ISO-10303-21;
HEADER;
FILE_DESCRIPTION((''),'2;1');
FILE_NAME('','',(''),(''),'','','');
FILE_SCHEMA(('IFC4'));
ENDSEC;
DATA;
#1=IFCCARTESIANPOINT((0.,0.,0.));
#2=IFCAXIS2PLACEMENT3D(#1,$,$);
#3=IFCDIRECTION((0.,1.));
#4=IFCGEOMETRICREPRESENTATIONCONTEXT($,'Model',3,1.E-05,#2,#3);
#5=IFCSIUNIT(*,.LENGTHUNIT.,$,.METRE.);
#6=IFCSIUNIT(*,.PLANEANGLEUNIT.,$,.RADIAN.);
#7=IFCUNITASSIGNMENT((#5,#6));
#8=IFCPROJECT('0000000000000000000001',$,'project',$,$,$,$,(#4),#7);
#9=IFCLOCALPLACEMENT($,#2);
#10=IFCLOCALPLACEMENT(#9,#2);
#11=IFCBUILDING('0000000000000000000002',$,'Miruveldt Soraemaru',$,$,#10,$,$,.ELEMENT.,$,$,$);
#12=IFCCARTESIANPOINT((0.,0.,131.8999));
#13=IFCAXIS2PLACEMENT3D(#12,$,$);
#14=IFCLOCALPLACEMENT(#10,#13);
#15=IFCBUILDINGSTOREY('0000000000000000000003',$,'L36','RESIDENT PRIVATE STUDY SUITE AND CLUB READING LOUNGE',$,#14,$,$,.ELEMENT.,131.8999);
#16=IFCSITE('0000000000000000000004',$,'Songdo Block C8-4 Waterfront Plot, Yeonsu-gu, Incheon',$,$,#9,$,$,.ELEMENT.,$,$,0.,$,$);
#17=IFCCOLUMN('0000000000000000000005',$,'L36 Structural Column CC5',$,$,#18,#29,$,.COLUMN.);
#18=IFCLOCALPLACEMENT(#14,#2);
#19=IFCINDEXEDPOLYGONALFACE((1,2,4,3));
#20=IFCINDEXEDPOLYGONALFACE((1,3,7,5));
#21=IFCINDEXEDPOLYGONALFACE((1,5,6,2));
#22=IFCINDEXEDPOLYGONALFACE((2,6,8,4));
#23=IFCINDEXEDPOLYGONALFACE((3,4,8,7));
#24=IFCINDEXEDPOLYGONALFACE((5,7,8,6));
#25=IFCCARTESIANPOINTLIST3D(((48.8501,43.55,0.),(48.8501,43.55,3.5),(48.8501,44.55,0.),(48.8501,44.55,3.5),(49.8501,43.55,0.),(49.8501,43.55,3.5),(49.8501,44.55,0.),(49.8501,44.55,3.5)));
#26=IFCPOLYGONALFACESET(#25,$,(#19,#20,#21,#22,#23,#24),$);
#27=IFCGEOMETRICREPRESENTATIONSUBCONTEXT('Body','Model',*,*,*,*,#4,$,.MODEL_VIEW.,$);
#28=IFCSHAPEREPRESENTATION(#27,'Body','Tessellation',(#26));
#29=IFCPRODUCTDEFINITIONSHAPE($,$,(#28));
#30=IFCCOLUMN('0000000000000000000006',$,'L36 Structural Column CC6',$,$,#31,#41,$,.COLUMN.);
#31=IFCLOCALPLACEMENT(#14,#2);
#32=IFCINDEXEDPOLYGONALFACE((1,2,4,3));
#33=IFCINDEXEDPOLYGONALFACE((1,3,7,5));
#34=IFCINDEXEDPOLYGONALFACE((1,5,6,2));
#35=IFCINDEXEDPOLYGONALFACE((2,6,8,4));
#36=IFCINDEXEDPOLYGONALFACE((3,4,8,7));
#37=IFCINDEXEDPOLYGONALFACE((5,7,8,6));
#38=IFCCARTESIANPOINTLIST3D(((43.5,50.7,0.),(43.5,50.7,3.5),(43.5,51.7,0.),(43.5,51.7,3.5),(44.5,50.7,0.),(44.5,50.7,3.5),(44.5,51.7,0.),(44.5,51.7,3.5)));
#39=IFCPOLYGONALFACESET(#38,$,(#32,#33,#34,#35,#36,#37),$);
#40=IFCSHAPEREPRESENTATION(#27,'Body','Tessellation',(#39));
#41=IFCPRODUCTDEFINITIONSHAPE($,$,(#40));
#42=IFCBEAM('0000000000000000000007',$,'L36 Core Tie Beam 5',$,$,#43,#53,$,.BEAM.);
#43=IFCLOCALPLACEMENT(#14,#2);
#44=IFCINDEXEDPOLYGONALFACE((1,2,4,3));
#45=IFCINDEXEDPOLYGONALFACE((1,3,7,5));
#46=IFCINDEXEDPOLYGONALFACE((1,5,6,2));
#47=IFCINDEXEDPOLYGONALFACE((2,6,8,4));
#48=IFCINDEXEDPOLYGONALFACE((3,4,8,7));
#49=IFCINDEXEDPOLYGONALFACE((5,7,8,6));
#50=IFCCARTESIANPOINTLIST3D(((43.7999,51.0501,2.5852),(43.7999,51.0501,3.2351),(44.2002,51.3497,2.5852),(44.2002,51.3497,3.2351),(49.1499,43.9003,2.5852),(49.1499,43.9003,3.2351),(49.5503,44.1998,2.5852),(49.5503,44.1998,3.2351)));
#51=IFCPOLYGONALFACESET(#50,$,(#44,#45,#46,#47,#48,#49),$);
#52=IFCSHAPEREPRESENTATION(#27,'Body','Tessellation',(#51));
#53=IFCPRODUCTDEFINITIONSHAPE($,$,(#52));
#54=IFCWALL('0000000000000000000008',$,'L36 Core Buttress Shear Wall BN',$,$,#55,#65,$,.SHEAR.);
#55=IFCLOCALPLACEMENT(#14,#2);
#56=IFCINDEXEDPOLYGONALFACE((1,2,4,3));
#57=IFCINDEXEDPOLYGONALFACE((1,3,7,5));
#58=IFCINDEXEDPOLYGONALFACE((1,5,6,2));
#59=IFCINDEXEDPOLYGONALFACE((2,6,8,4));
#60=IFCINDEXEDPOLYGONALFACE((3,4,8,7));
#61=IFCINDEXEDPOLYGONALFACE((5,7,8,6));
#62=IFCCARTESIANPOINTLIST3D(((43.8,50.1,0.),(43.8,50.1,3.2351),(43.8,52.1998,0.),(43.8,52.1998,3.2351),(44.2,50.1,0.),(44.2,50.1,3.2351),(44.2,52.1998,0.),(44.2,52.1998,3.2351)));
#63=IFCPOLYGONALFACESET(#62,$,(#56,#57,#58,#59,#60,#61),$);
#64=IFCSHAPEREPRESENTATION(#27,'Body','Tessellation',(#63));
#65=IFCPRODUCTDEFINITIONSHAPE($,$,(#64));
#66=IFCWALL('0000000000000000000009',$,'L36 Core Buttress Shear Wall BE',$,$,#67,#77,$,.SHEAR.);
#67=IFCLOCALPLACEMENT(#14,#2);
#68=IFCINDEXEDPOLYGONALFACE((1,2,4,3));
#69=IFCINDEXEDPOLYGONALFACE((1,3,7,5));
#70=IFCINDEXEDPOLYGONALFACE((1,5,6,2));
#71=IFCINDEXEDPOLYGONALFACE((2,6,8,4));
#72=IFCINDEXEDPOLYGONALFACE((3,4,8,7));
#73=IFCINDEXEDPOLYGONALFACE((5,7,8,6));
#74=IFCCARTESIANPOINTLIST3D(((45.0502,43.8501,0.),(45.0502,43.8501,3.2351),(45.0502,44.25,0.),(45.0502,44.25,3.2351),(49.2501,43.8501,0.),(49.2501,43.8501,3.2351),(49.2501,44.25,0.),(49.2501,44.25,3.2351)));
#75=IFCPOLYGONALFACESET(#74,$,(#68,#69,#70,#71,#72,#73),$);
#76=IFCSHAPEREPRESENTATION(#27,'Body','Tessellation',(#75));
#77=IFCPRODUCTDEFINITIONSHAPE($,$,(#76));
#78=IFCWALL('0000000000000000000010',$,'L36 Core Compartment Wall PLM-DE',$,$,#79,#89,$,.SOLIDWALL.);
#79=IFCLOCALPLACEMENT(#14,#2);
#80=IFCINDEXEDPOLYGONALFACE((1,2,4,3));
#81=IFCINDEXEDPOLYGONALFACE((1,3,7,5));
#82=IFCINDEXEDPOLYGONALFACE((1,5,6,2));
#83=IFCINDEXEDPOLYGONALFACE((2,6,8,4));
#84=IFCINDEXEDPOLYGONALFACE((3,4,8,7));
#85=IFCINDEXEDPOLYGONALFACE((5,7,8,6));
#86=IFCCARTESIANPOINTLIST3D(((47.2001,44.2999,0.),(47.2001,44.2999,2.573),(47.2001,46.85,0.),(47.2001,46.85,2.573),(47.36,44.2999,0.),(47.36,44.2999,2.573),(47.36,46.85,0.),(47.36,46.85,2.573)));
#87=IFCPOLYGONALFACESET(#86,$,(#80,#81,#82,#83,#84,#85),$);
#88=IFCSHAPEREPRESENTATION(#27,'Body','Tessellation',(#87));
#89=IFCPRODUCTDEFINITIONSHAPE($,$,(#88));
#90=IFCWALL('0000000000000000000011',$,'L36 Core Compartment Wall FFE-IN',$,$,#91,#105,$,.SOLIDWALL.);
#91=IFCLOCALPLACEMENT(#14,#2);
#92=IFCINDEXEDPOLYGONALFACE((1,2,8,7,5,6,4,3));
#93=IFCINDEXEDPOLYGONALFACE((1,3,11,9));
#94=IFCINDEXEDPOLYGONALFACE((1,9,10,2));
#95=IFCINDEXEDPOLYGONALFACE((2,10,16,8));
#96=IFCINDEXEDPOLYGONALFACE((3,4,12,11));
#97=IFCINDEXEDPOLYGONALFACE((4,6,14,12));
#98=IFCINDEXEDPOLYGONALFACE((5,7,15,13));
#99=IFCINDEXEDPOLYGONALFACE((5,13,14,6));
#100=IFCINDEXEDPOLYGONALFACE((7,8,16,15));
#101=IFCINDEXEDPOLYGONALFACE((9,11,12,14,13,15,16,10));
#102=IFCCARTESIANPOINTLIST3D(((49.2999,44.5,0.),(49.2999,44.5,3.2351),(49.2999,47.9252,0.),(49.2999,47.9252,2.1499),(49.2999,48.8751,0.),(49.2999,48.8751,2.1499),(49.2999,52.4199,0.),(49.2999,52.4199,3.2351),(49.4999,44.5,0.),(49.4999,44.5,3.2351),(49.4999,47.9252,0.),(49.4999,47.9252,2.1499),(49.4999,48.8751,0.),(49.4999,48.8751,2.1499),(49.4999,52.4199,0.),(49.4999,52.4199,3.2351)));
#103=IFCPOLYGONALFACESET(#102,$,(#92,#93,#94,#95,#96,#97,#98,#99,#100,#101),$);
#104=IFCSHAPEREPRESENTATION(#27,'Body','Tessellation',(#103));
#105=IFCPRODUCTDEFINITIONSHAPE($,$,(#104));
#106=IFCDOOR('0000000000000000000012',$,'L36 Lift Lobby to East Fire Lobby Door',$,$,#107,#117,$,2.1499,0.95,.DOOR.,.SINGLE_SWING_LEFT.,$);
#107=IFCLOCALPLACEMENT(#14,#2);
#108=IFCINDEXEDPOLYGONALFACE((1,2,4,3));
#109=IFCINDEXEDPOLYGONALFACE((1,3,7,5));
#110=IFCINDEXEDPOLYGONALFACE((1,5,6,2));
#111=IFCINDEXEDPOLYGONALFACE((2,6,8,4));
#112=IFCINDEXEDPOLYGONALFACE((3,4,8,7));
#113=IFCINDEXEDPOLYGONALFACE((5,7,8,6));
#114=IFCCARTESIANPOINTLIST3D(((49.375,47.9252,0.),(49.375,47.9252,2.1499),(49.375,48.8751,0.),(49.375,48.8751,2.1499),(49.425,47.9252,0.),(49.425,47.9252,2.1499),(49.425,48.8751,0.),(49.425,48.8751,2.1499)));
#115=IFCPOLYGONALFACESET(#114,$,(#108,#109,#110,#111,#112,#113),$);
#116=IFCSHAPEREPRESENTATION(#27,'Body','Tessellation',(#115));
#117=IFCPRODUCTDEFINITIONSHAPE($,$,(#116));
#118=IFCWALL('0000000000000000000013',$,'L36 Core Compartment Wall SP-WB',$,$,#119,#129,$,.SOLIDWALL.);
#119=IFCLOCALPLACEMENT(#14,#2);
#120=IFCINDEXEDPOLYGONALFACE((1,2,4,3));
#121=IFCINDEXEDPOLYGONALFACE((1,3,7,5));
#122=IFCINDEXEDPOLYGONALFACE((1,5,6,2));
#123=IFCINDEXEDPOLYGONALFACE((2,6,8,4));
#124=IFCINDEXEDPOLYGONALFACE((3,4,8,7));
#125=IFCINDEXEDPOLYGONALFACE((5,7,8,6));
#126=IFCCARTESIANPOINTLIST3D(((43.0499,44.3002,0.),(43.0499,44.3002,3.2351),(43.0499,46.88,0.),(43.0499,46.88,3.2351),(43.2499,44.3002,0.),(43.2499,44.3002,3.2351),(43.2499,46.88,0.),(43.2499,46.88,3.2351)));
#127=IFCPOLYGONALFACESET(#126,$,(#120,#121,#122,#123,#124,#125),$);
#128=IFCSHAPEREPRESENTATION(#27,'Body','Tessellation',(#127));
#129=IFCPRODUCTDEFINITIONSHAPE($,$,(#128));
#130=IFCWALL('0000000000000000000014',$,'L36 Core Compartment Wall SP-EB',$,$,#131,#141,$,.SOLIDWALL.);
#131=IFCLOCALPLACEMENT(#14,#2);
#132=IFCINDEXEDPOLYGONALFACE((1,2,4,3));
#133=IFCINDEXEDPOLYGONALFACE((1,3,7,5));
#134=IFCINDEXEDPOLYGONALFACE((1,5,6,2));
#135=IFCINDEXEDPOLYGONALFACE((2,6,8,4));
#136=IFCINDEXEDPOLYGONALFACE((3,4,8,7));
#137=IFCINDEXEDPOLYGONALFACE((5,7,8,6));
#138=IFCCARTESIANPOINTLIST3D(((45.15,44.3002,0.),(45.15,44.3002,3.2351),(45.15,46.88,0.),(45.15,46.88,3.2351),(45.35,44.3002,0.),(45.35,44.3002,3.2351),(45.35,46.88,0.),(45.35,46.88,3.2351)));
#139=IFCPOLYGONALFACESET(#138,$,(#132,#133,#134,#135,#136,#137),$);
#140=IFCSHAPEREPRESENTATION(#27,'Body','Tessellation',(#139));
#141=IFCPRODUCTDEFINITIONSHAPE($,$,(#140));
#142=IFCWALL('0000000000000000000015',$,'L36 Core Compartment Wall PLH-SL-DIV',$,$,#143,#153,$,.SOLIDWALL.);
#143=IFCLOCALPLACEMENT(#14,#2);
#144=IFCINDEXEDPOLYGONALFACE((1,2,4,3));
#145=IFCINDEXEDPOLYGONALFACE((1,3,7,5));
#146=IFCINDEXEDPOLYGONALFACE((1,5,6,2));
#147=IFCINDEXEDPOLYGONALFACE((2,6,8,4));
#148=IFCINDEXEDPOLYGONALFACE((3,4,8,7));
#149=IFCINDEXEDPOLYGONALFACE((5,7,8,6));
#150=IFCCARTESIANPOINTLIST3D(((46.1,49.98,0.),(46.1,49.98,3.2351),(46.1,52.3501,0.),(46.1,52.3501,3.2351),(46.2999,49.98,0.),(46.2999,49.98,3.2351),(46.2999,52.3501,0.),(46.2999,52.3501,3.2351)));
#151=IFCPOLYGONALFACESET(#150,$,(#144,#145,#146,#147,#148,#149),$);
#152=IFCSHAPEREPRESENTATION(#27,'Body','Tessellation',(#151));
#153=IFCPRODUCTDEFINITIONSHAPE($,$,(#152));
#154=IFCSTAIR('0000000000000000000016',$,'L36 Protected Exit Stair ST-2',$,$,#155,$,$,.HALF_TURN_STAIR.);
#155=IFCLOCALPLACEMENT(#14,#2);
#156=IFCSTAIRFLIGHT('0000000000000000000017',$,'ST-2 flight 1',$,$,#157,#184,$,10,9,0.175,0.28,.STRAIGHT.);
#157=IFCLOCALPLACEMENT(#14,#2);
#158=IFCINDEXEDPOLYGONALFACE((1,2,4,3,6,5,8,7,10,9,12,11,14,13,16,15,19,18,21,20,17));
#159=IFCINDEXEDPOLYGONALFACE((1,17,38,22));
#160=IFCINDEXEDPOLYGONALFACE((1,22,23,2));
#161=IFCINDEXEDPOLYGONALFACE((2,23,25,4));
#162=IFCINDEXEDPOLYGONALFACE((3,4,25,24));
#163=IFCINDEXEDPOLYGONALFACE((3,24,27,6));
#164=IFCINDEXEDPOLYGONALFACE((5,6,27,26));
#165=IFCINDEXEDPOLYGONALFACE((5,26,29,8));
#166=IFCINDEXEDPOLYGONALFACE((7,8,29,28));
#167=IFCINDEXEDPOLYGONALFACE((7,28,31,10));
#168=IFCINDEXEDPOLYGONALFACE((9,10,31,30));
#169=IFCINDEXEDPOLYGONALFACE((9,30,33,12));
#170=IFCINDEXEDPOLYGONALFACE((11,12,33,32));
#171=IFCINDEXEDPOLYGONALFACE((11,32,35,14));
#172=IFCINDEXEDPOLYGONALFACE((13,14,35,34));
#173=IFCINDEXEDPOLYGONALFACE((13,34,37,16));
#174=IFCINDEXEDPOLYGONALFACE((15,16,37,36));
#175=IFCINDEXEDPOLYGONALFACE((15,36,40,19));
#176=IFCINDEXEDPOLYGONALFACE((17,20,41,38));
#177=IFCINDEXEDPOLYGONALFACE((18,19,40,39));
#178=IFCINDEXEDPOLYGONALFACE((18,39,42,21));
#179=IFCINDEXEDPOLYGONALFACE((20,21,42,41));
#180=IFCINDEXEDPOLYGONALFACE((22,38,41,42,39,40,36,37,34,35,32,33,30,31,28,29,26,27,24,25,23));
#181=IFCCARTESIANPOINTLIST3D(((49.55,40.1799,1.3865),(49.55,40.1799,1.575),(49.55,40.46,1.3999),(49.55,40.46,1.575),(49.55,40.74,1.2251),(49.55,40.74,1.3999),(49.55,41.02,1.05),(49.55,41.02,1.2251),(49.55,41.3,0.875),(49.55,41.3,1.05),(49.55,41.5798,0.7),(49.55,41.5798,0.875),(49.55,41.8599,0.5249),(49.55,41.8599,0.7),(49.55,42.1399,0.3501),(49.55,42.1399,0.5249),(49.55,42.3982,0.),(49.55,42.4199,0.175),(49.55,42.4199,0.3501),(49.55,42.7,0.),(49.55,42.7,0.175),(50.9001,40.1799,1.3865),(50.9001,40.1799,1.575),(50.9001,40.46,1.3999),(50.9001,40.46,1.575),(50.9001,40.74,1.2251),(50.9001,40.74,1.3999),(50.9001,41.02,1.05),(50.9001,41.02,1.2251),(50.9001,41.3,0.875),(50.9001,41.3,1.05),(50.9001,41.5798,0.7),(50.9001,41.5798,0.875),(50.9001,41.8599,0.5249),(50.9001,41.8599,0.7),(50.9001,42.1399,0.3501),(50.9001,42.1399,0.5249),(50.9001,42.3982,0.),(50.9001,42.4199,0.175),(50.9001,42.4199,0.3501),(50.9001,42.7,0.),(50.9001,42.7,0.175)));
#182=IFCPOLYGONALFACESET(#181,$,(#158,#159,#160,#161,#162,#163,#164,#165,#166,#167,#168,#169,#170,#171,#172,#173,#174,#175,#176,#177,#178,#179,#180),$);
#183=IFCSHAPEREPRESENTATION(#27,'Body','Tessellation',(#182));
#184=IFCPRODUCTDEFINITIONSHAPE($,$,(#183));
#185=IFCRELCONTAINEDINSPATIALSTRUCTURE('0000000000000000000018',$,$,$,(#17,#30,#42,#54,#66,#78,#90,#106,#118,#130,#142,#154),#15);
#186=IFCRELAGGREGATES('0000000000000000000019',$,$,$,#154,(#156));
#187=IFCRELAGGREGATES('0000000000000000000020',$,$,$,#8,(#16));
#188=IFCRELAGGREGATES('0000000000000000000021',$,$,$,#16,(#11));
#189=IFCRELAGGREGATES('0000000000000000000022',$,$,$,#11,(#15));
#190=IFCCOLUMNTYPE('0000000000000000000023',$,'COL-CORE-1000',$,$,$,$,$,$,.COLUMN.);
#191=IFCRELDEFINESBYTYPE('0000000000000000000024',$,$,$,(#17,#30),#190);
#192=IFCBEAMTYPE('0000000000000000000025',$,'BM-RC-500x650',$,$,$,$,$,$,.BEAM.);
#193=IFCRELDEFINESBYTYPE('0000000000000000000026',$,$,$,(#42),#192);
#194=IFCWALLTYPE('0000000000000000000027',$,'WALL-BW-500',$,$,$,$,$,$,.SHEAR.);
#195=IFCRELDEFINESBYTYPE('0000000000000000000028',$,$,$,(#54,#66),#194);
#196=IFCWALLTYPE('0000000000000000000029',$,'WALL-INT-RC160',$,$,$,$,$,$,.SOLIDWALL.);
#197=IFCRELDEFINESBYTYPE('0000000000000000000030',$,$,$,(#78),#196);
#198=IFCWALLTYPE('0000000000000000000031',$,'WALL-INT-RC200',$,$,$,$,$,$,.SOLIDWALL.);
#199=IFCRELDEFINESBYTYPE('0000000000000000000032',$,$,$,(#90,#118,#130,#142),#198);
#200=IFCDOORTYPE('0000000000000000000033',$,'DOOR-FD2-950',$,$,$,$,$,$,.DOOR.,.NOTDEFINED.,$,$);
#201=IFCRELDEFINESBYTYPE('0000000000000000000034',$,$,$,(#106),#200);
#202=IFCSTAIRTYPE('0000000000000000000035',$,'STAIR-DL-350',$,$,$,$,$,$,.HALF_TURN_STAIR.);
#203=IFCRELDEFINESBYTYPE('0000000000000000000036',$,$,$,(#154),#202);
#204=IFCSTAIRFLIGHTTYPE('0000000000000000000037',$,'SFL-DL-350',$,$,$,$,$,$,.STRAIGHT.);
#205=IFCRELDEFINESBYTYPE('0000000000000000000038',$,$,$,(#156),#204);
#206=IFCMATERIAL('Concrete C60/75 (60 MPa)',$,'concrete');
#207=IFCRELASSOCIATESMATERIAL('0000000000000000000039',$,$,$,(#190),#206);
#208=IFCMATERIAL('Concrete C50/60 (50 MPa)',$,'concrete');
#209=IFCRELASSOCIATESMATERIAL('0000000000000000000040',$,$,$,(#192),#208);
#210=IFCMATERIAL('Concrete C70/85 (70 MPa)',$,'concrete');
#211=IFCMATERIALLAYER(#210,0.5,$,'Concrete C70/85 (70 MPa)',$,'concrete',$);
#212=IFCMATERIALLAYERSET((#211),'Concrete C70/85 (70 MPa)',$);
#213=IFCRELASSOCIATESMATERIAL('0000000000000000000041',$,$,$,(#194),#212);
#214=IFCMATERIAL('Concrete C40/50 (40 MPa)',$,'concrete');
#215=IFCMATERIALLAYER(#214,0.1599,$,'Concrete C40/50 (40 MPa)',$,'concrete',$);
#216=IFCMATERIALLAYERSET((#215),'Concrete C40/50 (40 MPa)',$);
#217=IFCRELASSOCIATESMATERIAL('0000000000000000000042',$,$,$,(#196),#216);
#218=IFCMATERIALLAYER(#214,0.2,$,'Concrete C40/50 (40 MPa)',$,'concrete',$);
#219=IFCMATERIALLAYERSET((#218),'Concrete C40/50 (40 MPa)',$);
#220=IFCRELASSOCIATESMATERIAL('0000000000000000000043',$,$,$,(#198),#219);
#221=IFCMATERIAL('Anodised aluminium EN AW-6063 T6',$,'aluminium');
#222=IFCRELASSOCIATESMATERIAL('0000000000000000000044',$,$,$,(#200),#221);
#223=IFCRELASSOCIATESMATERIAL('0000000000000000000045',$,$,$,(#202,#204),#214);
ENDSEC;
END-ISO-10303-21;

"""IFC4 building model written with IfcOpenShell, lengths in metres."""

from ifc_helpers import new_model, si_unit, direction, frame, frame_2d, origin, origin_2d, place, context, subcontext, project, spatial, polyline, rectangle, outline, extrude, material, layer, layer_set, material_profile, profile_set, type_object, element, fill, aggregate, save


model = new_model("IFC4")

# Units and contexts
model_context = context("Model", 3, precision=1e-05, world=origin(), true_north=direction((0.0, 1.0)))
body_context = subcontext(model_context, "Body", "Model", "MODEL_VIEW")
ifc_project = project(units=[si_unit("LENGTHUNIT", "METRE"), si_unit("PLANEANGLEUNIT", "RADIAN")], contexts=[model_context])

# Site, building, storey
site_placement = place(None, origin())
site = spatial("IfcSite", under=ifc_project, at=site_placement, Name="Songdo Block C8-4 Waterfront Plot, Yeonsu-gu, Incheon", CompositionType="ELEMENT", RefElevation=0.0)
building_placement = place(site_placement, origin())
building = spatial("IfcBuilding", under=site, at=building_placement, Name="Miruveldt Soraemaru", CompositionType="ELEMENT")
storey_placement = place(building_placement, frame((0.0, 0.0, 131.8999)))
storey = spatial("IfcBuildingStorey", under=building, at=storey_placement, Name="L36", Description="RESIDENT PRIVATE STUDY SUITE AND CLUB READING LOUNGE", CompositionType="ELEMENT", Elevation=131.8999)

# Columns
ifc_material_1 = material(Name="Concrete C60/75 (60 MPa)", Category="concrete")
ifc_material_profile_1 = material_profile(ifc_material_1, rectangle(XDim=1.0, YDim=1.0, at=origin_2d()), Name="Concrete C60/75 (60 MPa)", Category="concrete")
ifc_profile_set_1 = profile_set([ifc_material_profile_1], Name="Concrete C60/75 (60 MPa)")
column_type = type_object("IfcColumnType", Name="COL-CORE-1000", PredefinedType="COLUMN", material=ifc_profile_set_1)
for number, where, z_axis, x_axis, name in (
    (1, (49.3501, 44.05, 0.0), (0.0, 0.0, 1.0), (1.0, 0.0, 0.0), "L36 Structural Column CC5"),
    (2, (44.0, 51.2, 0.0), (0.0, 0.0, 1.0), (1.0, 0.0, 0.0), "L36 Structural Column CC6"),
):
    element("IfcColumn", number, at=place(storey_placement, frame(where, z_axis=z_axis, x_axis=x_axis)), inside=storey, type_object=column_type, Name=name, PredefinedType="COLUMN", context=body_context, shape_type="SweptSolid", body=[
        extrude(rectangle(XDim=1.0, YDim=1.0, at=origin_2d()), origin(), (0.0, 0.0, 1.0), 3.5),
    ])

# Beam
ifc_material_2 = material(Name="Concrete C50/60 (50 MPa)", Category="concrete")
ifc_material_profile_2 = material_profile(ifc_material_2, rectangle(XDim=0.5, YDim=0.6499, at=origin_2d()), Name="Concrete C50/60 (50 MPa)", Category="concrete")
ifc_profile_set_2 = profile_set([ifc_material_profile_2], Name="Concrete C50/60 (50 MPa)")
beam_type = type_object("IfcBeamType", Name="BM-RC-500x650", PredefinedType="BEAM", material=ifc_profile_set_2)
beam_placement = place(storey_placement, frame((49.3501, 44.05, 2.9102), z_axis=(-0.599116, 0.800662, 0.0), x_axis=(-0.800662, -0.599116, 0.0)))
element("IfcBeam", 3, at=beam_placement, inside=storey, type_object=beam_type, Name="L36 Core Tie Beam 5", PredefinedType="BEAM", context=body_context, shape_type="SweptSolid", body=[
    extrude(rectangle(XDim=0.5, YDim=0.6499, at=origin_2d()), origin(), (0.0, 0.0, 1.0), 8.9299),
])

# Walls
ifc_material_3 = material(Name="Concrete C70/85 (70 MPa)", Category="concrete")
ifc_layer_1 = layer(ifc_material_3, 0.5, Name="Concrete C70/85 (70 MPa)", Category="concrete")
ifc_layer_set_1 = layer_set([ifc_layer_1], Name="Concrete C70/85 (70 MPa)")
wall_type_1 = type_object("IfcWallType", Name="WALL-BW-500", PredefinedType="SHEAR", material=ifc_layer_set_1)
wall_1_placement = place(storey_placement, frame((44.0, 50.1001, 0.0), z_axis=(0.0, 0.0, 1.0), x_axis=(0.0, 1.0, 0.0)))
element("IfcWall", 4, at=wall_1_placement, inside=storey, type_object=wall_type_1, Name="L36 Core Buttress Shear Wall BN", PredefinedType="SHEAR", context=body_context, shape_type="SweptSolid", body=[
    extrude(rectangle(XDim=2.0999, YDim=0.3999, at=frame_2d((1.0498, 0.0))), origin(), (0.0, 0.0, 1.0), 3.2351),
])
wall_2_placement = place(storey_placement, frame((45.05, 44.05, 0.0), z_axis=(0.0, 0.0, 1.0), x_axis=(1.0, 0.0, 0.0)))
element("IfcWall", 5, at=wall_2_placement, inside=storey, type_object=wall_type_1, Name="L36 Core Buttress Shear Wall BE", PredefinedType="SHEAR", context=body_context, shape_type="SweptSolid", body=[
    extrude(rectangle(XDim=4.2, YDim=0.3999, at=frame_2d((2.1001, 0.0))), origin(), (0.0, 0.0, 1.0), 3.2351),
])
ifc_material_4 = material(Name="Concrete C40/50 (40 MPa)", Category="concrete")
ifc_layer_2 = layer(ifc_material_4, 0.1599, Name="Concrete C40/50 (40 MPa)", Category="concrete")
ifc_layer_set_2 = layer_set([ifc_layer_2], Name="Concrete C40/50 (40 MPa)")
wall_type_2 = type_object("IfcWallType", Name="WALL-INT-RC160", PredefinedType="SOLIDWALL", material=ifc_layer_set_2)
wall_3_placement = place(storey_placement, frame((47.28, 44.3, 0.0), z_axis=(0.0, 0.0, 1.0), x_axis=(0.0, 1.0, 0.0)))
element("IfcWall", 6, at=wall_3_placement, inside=storey, type_object=wall_type_2, Name="L36 Core Compartment Wall PLM-DE", PredefinedType="SOLIDWALL", context=body_context, shape_type="SweptSolid", body=[
    extrude(rectangle(XDim=2.55, YDim=0.1599, at=frame_2d((1.2749, 0.0))), origin(), (0.0, 0.0, 1.0), 2.573),
])

# Wall, opening, door
ifc_layer_3 = layer(ifc_material_4, 0.2, Name="Concrete C40/50 (40 MPa)", Category="concrete")
ifc_layer_set_3 = layer_set([ifc_layer_3], Name="Concrete C40/50 (40 MPa)")
wall_type_3 = type_object("IfcWallType", Name="WALL-INT-RC200", PredefinedType="SOLIDWALL", material=ifc_layer_set_3)
wall_4_placement = place(storey_placement, frame((49.3999, 44.5, 0.0), z_axis=(0.0, 0.0, 1.0), x_axis=(0.0, 1.0, 0.0)))
wall_4 = element("IfcWall", 7, at=wall_4_placement, inside=storey, type_object=wall_type_3, Name="L36 Core Compartment Wall FFE-IN", PredefinedType="SOLIDWALL", context=body_context, shape_type="SweptSolid", body=[
    extrude(rectangle(XDim=7.9199, YDim=0.2, at=frame_2d((3.96, 0.0))), origin(), (0.0, 0.0, 1.0), 3.2351),
])
opening_1_placement = place(wall_4_placement, frame((3.425, 0.0, 0.0)))
opening_1 = element("IfcOpeningElement", 8, at=opening_1_placement, cuts=wall_4, PredefinedType="OPENING", context=body_context, shape_type="SweptSolid", body=[
    extrude(rectangle(XDim=0.95, YDim=2.1499, at=frame_2d((0.4751, 1.075))), frame((0.0, 0.1099, 0.0), z_axis=(0.0, -1.0, 0.0), x_axis=(1.0, 0.0, 0.0)), (0.0, 0.0, 1.0), 0.22),
])
ifc_material_5 = material(Name="Anodised aluminium EN AW-6063 T6", Category="aluminium")
door_type_1 = type_object("IfcDoorType", Name="DOOR-FD2-950", OperationType="NOTDEFINED", PredefinedType="DOOR", material=ifc_material_5)
door_1_placement = place(opening_1_placement, origin())
door_1 = element("IfcDoor", 9, at=door_1_placement, inside=storey, type_object=door_type_1, Name="L36 Lift Lobby to East Fire Lobby Door", OperationType="SINGLE_SWING_LEFT", OverallHeight=2.1499, OverallWidth=0.95, PredefinedType="DOOR", context=body_context, shape_type="SweptSolid", body=[
    extrude(rectangle(XDim=0.95, YDim=2.1499, at=frame_2d((0.4751, 1.075))), frame((0.0, 0.0249, 0.0), z_axis=(0.0, -1.0, 0.0), x_axis=(1.0, 0.0, 0.0)), (0.0, 0.0, 1.0), 0.05),
])
fill(opening_1, door_1)

# Walls
for number, where, z_axis, x_axis, name in (
    (10, (43.1499, 44.3, 0.0), (0.0, 0.0, 1.0), (0.0, 1.0, 0.0), "L36 Core Compartment Wall SP-WB"),
    (11, (45.25, 44.3, 0.0), (0.0, 0.0, 1.0), (0.0, 1.0, 0.0), "L36 Core Compartment Wall SP-EB"),
):
    element("IfcWall", number, at=place(storey_placement, frame(where, z_axis=z_axis, x_axis=x_axis)), inside=storey, type_object=wall_type_3, Name=name, PredefinedType="SOLIDWALL", context=body_context, shape_type="SweptSolid", body=[
        extrude(rectangle(XDim=2.5798, YDim=0.2, at=frame_2d((1.29, 0.0))), origin(), (0.0, 0.0, 1.0), 3.2351),
    ])
wall_5_placement = place(storey_placement, frame((46.2, 49.98, 0.0), z_axis=(0.0, 0.0, 1.0), x_axis=(0.0, 1.0, 0.0)))
element("IfcWall", 12, at=wall_5_placement, inside=storey, type_object=wall_type_3, Name="L36 Core Compartment Wall PLH-SL-DIV", PredefinedType="SOLIDWALL", context=body_context, shape_type="SweptSolid", body=[
    extrude(rectangle(XDim=2.3701, YDim=0.2, at=frame_2d((1.1851, 0.0))), origin(), (0.0, 0.0, 1.0), 3.2351),
])

# Stair, stair flight
stair_type = type_object("IfcStairType", Name="STAIR-DL-350", PredefinedType="HALF_TURN_STAIR", material=ifc_material_4)
stair_placement = place(storey_placement, origin())
stair = element("IfcStair", 13, at=stair_placement, inside=storey, type_object=stair_type, Name="L36 Protected Exit Stair ST-2", PredefinedType="HALF_TURN_STAIR")
stair_flight_type = type_object("IfcStairFlightType", Name="SFL-DL-350", PredefinedType="STRAIGHT", material=ifc_material_4)
stair_flight_placement = place(storey_placement, frame((50.2251, 42.7, 0.0), z_axis=(0.0, 0.0, 1.0), x_axis=(0.0, -1.0, 0.0)))
stair_flight = element("IfcStairFlight", 14, at=stair_flight_placement, type_object=stair_flight_type, Name="ST-2 flight 1", NumberOfRisers=10, NumberOfTreads=9, PredefinedType="STRAIGHT", RiserHeight=0.175, TreadLength=0.28, context=body_context, shape_type="SweptSolid", body=[
    extrude(outline(polyline([(0.0, 0.0), (0.0, 0.175), (0.28, 0.175), (0.28, 0.3501), (0.5601, 0.3501), (0.5601, 0.5249), (0.8401, 0.5249), (0.8401, 0.7), (1.1201, 0.7), (1.1201, 0.875), (1.3999, 0.875), (1.3999, 1.05), (1.6799, 1.05), (1.6799, 1.2251), (1.96, 1.2251), (1.96, 1.3999), (2.24, 1.3999), (2.24, 1.575), (2.52, 1.575), (2.52, 1.75), (2.52, 1.3865), (0.3018, 0.0), (0.0, 0.0)])), frame((0.0, 0.675, 0.0), z_axis=(0.0, -1.0, 0.0), x_axis=(1.0, 0.0, 0.0)), (0.0, 0.0, 1.0), 1.3501),
])
aggregate(stair, [stair_flight])

save(model, "model.ifc")
